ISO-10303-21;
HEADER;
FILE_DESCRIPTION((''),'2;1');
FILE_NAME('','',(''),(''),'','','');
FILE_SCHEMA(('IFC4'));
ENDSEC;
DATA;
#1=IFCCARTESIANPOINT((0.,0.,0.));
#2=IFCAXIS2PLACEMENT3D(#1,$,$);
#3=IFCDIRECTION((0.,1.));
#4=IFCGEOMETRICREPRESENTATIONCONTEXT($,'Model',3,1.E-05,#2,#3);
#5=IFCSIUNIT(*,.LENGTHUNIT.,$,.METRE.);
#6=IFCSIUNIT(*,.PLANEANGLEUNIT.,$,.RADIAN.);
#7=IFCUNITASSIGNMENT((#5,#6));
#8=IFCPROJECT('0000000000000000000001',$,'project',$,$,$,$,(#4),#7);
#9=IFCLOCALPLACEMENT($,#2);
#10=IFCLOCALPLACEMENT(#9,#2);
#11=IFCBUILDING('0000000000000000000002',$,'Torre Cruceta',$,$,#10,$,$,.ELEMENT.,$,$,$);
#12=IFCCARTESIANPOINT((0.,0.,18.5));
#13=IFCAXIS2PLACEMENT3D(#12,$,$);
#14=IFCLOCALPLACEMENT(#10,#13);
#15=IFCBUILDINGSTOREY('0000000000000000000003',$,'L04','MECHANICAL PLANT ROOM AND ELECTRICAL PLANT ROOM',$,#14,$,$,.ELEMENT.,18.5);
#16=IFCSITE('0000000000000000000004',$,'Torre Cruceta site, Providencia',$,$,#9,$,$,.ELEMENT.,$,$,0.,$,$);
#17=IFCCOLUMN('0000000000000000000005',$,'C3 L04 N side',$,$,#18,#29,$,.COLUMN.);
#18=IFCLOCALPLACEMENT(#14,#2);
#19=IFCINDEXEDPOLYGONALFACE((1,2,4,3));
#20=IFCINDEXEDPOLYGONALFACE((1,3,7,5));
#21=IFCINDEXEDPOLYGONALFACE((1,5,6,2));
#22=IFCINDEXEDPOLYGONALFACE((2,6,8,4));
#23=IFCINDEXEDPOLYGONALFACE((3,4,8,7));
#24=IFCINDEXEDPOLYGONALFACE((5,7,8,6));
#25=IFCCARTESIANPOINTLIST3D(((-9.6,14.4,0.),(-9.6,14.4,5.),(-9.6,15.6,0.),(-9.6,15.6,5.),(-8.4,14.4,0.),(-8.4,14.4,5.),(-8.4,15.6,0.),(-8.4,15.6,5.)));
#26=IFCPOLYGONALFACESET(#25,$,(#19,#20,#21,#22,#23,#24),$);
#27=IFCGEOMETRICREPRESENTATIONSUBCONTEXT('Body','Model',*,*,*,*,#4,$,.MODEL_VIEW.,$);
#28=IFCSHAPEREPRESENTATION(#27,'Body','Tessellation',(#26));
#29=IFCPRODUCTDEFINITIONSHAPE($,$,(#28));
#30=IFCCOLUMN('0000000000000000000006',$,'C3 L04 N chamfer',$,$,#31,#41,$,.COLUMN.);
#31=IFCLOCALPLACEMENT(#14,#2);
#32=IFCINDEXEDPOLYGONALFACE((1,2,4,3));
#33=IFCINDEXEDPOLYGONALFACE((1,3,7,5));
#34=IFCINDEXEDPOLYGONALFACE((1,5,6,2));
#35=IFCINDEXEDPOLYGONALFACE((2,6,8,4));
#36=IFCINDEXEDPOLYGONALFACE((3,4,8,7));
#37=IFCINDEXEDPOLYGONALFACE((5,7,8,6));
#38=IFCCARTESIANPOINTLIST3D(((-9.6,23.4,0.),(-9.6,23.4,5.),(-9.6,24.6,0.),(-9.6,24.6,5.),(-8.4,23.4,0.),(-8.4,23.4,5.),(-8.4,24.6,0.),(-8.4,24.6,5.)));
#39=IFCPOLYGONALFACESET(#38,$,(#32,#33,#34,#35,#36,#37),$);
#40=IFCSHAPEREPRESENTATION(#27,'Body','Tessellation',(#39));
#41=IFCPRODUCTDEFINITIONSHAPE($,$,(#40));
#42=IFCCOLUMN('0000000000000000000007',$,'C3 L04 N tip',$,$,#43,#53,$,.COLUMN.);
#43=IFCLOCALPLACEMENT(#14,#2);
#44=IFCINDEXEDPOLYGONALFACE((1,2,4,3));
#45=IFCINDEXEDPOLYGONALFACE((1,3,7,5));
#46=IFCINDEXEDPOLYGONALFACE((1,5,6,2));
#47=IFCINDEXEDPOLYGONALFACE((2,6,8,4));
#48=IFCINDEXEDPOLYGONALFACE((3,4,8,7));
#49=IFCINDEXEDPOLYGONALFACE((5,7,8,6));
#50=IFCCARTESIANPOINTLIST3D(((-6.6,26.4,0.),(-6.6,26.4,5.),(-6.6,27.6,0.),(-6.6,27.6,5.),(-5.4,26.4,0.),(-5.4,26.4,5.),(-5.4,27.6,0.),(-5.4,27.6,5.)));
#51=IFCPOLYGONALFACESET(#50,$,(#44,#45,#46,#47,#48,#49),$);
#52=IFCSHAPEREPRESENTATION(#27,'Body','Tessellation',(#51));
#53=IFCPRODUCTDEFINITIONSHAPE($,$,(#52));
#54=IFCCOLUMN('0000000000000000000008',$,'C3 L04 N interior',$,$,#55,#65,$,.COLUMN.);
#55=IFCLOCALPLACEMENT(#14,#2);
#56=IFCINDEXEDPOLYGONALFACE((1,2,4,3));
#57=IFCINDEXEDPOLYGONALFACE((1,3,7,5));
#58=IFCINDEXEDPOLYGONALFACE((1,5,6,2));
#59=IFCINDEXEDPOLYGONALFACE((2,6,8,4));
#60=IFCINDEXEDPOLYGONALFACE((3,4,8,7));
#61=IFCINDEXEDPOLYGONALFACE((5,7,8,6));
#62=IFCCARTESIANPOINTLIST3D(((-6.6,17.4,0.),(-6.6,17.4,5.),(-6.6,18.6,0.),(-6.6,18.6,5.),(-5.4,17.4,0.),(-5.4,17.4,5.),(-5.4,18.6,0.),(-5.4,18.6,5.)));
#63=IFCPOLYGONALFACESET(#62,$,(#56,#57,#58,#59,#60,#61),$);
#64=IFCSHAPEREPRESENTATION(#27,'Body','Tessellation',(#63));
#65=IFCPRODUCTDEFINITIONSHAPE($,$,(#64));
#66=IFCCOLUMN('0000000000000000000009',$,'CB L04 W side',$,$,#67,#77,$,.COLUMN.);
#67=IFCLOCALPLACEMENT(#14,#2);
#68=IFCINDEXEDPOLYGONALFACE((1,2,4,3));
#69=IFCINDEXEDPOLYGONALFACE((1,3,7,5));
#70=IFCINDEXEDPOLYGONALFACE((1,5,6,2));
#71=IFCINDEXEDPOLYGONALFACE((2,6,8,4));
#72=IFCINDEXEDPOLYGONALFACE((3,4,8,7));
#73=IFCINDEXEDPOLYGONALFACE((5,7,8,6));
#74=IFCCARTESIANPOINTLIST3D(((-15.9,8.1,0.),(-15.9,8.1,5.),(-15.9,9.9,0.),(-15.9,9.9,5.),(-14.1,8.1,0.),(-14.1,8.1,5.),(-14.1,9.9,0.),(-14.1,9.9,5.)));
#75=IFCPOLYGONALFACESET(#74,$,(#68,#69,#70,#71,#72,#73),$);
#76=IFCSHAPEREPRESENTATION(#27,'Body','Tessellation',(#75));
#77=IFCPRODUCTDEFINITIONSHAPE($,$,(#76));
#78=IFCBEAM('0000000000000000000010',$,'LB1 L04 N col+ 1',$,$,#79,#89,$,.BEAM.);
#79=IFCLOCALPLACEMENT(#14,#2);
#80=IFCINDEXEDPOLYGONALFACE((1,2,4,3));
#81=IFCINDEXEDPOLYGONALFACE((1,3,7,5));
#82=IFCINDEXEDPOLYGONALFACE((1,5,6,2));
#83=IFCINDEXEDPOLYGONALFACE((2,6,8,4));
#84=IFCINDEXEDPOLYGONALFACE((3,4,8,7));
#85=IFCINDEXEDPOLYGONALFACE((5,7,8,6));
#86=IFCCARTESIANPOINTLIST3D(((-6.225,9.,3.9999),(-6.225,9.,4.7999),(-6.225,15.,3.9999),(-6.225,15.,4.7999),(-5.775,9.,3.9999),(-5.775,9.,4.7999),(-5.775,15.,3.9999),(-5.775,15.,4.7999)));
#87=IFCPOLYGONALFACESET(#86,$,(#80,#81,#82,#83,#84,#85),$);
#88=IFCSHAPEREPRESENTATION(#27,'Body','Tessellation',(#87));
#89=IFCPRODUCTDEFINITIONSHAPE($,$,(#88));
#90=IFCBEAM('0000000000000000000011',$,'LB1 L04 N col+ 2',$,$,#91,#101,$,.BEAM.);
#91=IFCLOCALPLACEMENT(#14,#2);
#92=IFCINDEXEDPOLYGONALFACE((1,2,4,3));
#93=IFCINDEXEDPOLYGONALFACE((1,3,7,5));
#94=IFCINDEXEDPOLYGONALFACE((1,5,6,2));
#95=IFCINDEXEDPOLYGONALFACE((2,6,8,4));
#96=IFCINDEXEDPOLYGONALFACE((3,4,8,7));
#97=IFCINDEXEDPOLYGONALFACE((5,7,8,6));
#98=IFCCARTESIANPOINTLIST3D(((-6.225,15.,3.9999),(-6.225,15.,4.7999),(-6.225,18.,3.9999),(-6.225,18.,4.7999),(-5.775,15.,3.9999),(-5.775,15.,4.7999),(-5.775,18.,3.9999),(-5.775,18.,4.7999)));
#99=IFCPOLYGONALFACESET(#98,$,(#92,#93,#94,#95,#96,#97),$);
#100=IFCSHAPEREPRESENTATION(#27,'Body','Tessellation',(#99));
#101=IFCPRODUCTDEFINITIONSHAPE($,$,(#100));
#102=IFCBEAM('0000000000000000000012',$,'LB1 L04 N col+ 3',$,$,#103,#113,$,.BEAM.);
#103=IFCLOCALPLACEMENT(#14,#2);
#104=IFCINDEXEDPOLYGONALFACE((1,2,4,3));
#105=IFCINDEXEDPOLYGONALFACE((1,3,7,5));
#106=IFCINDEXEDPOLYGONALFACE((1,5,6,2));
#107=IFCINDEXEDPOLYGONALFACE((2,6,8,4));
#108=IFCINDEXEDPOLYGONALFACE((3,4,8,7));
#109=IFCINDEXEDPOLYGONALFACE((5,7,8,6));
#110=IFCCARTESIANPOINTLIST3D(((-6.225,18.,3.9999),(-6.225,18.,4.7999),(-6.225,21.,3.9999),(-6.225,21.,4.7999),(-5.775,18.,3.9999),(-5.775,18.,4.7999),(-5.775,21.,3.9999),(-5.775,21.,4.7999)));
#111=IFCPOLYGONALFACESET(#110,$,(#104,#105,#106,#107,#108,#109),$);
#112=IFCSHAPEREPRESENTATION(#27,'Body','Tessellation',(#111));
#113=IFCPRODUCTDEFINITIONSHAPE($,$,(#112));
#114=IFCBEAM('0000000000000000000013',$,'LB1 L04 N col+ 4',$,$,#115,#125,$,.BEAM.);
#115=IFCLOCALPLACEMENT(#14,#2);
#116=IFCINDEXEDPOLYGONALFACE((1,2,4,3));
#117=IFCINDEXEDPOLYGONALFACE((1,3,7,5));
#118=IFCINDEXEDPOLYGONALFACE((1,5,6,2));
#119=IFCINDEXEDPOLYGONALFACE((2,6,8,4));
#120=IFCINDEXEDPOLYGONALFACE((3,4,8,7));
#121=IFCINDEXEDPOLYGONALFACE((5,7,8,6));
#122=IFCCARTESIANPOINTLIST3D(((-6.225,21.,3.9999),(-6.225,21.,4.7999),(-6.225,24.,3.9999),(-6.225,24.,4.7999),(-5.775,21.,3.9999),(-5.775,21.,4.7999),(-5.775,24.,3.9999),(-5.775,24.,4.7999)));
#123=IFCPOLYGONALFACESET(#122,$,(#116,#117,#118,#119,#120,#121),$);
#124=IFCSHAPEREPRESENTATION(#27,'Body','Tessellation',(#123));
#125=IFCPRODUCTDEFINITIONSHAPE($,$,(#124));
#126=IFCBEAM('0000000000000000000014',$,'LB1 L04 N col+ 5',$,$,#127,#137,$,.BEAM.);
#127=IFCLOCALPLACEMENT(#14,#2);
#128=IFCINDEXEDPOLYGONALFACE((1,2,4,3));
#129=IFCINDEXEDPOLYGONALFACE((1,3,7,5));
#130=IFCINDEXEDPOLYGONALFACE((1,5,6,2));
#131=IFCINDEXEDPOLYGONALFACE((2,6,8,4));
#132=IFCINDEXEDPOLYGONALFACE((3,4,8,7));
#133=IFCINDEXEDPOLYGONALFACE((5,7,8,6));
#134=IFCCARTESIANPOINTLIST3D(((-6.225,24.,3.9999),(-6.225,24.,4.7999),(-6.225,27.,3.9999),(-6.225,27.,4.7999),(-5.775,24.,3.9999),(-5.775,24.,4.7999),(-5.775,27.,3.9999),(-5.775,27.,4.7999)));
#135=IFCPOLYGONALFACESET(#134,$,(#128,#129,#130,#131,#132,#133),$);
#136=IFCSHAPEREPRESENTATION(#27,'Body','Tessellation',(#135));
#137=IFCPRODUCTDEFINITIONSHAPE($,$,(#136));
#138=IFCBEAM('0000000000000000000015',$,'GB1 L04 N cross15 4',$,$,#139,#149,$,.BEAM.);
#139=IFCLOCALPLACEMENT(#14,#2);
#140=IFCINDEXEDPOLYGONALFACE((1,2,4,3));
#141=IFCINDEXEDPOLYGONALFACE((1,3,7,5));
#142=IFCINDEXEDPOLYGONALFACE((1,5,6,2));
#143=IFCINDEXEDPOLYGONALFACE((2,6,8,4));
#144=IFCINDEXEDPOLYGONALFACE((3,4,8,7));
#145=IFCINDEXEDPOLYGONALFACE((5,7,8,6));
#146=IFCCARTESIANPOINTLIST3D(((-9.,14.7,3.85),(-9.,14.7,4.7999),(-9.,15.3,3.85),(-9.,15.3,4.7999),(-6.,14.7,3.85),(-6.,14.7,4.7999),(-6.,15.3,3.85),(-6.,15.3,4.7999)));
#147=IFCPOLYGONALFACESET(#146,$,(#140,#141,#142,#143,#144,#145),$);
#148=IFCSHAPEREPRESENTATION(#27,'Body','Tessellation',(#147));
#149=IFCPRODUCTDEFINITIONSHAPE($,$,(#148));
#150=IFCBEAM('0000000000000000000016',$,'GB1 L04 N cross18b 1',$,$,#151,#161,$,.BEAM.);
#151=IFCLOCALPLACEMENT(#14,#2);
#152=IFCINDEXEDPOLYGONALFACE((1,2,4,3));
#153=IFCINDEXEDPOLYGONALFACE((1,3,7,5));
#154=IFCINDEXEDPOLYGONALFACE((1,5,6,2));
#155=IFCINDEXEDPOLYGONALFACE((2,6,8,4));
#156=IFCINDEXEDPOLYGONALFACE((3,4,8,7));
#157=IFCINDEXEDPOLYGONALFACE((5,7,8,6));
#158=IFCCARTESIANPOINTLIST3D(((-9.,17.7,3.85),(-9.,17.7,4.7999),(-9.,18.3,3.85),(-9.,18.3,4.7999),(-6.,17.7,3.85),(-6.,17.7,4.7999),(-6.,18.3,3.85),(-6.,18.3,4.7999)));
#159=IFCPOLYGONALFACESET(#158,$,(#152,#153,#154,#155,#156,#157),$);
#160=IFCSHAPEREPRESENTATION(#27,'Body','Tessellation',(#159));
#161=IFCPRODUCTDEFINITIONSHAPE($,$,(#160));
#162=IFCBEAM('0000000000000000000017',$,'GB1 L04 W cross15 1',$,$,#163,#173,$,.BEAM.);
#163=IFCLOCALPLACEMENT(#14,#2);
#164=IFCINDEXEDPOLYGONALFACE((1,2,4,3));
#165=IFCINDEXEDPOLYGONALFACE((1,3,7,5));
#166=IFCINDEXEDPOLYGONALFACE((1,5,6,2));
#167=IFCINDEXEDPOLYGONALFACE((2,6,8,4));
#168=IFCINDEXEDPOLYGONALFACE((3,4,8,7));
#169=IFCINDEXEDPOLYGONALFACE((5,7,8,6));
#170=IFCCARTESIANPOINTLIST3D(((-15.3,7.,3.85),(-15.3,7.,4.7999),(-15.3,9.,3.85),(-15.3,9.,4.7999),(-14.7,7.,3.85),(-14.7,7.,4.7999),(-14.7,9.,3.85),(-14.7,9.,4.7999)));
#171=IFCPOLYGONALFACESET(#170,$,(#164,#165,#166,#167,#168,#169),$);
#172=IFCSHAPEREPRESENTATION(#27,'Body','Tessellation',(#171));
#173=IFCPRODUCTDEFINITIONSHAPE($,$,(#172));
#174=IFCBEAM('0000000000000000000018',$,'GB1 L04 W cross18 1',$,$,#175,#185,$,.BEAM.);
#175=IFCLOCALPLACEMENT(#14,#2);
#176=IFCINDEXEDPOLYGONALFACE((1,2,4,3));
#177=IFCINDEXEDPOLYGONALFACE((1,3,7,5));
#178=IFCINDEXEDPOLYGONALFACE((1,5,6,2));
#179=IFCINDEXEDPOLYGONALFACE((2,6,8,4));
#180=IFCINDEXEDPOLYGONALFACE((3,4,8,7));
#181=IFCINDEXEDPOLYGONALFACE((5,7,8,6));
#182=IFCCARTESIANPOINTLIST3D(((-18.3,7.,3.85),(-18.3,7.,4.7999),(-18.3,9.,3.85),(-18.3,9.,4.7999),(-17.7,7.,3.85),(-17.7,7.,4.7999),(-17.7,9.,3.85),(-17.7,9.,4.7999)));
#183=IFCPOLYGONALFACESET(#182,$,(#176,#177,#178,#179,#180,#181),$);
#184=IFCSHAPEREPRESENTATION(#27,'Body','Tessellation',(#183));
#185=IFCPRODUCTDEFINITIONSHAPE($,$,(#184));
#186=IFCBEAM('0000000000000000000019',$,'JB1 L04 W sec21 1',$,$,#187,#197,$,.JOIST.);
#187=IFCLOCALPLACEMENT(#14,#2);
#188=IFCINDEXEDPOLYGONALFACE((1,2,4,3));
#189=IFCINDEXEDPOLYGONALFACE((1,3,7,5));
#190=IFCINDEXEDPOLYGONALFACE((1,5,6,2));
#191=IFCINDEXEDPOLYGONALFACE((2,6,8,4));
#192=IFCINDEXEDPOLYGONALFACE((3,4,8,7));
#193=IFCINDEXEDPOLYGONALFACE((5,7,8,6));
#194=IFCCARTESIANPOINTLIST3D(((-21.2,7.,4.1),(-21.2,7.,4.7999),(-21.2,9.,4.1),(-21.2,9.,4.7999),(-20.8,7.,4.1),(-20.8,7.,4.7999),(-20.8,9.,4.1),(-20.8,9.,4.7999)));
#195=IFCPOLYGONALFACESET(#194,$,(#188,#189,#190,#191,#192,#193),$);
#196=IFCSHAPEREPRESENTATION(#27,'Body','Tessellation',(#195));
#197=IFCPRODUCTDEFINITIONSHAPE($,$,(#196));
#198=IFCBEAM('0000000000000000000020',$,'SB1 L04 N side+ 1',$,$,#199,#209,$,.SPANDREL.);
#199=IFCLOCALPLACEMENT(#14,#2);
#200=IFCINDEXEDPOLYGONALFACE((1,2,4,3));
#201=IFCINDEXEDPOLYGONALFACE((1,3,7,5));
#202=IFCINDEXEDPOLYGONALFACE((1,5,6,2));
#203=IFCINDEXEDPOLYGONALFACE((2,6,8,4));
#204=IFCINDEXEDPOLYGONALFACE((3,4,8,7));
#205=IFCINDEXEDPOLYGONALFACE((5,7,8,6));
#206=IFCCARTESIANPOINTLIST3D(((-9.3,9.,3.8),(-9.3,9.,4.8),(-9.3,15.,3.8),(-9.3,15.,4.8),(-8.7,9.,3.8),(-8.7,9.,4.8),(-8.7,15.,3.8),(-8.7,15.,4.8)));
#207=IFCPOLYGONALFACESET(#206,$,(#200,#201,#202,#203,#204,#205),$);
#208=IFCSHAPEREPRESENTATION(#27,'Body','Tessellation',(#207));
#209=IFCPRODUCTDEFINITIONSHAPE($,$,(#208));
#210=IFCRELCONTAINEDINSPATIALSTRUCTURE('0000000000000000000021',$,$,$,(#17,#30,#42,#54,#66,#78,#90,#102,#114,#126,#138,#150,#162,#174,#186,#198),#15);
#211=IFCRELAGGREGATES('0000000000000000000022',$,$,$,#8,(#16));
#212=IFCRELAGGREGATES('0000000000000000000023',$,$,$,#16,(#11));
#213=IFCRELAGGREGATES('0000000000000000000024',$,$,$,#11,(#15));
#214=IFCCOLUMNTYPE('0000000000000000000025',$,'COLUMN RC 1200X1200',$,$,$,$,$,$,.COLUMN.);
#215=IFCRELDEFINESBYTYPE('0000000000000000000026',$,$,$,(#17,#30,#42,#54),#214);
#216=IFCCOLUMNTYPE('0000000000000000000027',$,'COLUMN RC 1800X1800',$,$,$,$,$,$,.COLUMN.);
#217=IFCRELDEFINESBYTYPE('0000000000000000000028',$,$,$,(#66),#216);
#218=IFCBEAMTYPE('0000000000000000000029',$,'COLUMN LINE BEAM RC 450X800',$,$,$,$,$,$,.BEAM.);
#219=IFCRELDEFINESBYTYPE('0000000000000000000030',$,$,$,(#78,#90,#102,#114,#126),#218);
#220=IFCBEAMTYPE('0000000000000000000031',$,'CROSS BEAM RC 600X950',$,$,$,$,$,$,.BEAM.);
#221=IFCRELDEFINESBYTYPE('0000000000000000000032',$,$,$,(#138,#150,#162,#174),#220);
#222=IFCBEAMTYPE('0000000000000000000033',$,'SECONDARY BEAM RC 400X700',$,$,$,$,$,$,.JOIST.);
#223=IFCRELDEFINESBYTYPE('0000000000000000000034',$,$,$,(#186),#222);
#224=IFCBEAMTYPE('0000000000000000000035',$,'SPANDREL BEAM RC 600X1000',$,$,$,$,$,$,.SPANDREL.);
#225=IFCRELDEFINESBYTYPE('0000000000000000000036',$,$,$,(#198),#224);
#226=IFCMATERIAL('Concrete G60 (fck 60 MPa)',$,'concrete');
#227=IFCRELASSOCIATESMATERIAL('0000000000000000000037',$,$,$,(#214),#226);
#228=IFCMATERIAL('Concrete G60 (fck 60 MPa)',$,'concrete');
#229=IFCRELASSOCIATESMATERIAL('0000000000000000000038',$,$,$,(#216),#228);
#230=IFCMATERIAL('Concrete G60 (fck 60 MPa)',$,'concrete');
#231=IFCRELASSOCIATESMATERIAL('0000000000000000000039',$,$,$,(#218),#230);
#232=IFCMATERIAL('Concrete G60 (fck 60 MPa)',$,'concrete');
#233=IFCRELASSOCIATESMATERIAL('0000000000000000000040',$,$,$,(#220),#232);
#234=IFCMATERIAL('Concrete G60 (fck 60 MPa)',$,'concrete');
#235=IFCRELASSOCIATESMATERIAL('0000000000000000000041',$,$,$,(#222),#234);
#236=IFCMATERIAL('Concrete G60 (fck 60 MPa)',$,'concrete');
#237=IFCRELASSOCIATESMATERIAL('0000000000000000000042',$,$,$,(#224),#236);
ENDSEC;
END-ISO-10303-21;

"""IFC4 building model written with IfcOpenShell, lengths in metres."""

from ifc_helpers import new_model, si_unit, direction, frame, origin, origin_2d, place, context, subcontext, project, spatial, rectangle, extrude, material, material_profile, profile_set, type_object, element, save


model = new_model("IFC4")

# Units and contexts
model_context = context("Model", 3, precision=1e-05, world=origin(), true_north=direction((0.0, 1.0)))
body_context = subcontext(model_context, "Body", "Model", "MODEL_VIEW")
ifc_project = project(units=[si_unit("LENGTHUNIT", "METRE"), si_unit("PLANEANGLEUNIT", "RADIAN")], contexts=[model_context])

# Site, building, storey
site_placement = place(None, origin())
site = spatial("IfcSite", under=ifc_project, at=site_placement, Name="Torre Cruceta site, Providencia", CompositionType="ELEMENT", RefElevation=0.0)
building_placement = place(site_placement, origin())
building = spatial("IfcBuilding", under=site, at=building_placement, Name="Torre Cruceta", CompositionType="ELEMENT")
storey_placement = place(building_placement, frame((0.0, 0.0, 18.5)))
storey = spatial("IfcBuildingStorey", under=building, at=storey_placement, Name="L04", Description="MECHANICAL PLANT ROOM AND ELECTRICAL PLANT ROOM", CompositionType="ELEMENT", Elevation=18.5)

# Columns
ifc_material_1 = material(Name="Concrete G60 (fck 60 MPa)", Category="concrete")
ifc_material_profile_1 = material_profile(ifc_material_1, rectangle(XDim=1.2, YDim=1.2, at=origin_2d()), Name="RC 1200X1200")
ifc_profile_set_1 = profile_set([ifc_material_profile_1], Name="Concrete G60 (fck 60 MPa)")
column_type_1 = type_object("IfcColumnType", Name="COLUMN RC 1200X1200", PredefinedType="COLUMN", material=ifc_profile_set_1)
for number, where, z_axis, x_axis, name in (
    (1, (-9.0, 15.0, 0.0), (0.0, 0.0, 1.0), (1.0, 0.0, 0.0), "C3 L04 N side"),
    (2, (-9.0, 24.0, 0.0), (0.0, 0.0, 1.0), (1.0, 0.0, 0.0), "C3 L04 N chamfer"),
    (3, (-6.0, 27.0, 0.0), (0.0, 0.0, 1.0), (1.0, 0.0, 0.0), "C3 L04 N tip"),
    (4, (-6.0, 18.0, 0.0), (0.0, 0.0, 1.0), (1.0, 0.0, 0.0), "C3 L04 N interior"),
):
    element("IfcColumn", number, at=place(storey_placement, frame(where, z_axis=z_axis, x_axis=x_axis)), inside=storey, type_object=column_type_1, Name=name, PredefinedType="COLUMN", context=body_context, shape_type="SweptSolid", body=[
        extrude(rectangle(XDim=1.2, YDim=1.2, at=origin_2d()), origin(), (0.0, 0.0, 1.0), 5.0),
    ])
ifc_material_2 = material(Name="Concrete G60 (fck 60 MPa)", Category="concrete")
ifc_material_profile_2 = material_profile(ifc_material_2, rectangle(XDim=1.8, YDim=1.8, at=origin_2d()), Name="RC 1800X1800")
ifc_profile_set_2 = profile_set([ifc_material_profile_2], Name="Concrete G60 (fck 60 MPa)")
column_type_2 = type_object("IfcColumnType", Name="COLUMN RC 1800X1800", PredefinedType="COLUMN", material=ifc_profile_set_2)
column_placement = place(storey_placement, frame((-15.0, 9.0, 0.0), z_axis=(0.0, 0.0, 1.0), x_axis=(1.0, 0.0, 0.0)))
element("IfcColumn", 5, at=column_placement, inside=storey, type_object=column_type_2, Name="CB L04 W side", PredefinedType="COLUMN", context=body_context, shape_type="SweptSolid", body=[
    extrude(rectangle(XDim=1.8, YDim=1.8, at=origin_2d()), origin(), (0.0, 0.0, 1.0), 5.0),
])

# Beams
ifc_material_3 = material(Name="Concrete G60 (fck 60 MPa)", Category="concrete")
ifc_material_profile_3 = material_profile(ifc_material_3, rectangle(XDim=0.45, YDim=0.8, at=origin_2d()), Name="RC 450X800")
ifc_profile_set_3 = profile_set([ifc_material_profile_3], Name="Concrete G60 (fck 60 MPa)")
beam_type_1 = type_object("IfcBeamType", Name="COLUMN LINE BEAM RC 450X800", PredefinedType="BEAM", material=ifc_profile_set_3)
beam_1_placement = place(storey_placement, frame((-6.0, 9.0, 4.3999), z_axis=(0.0, 1.0, 0.0), x_axis=(-1.0, 0.0, 0.0)))
element("IfcBeam", 6, at=beam_1_placement, inside=storey, type_object=beam_type_1, Name="LB1 L04 N col+ 1", PredefinedType="BEAM", context=body_context, shape_type="SweptSolid", body=[
    extrude(rectangle(XDim=0.45, YDim=0.8, at=origin_2d()), origin(), (0.0, 0.0, 1.0), 6.0),
])
for number, where, z_axis, x_axis, name in (
    (7, (-6.0, 15.0, 4.3999), (0.0, 1.0, 0.0), (-1.0, 0.0, 0.0), "LB1 L04 N col+ 2"),
    (8, (-6.0, 18.0, 4.3999), (0.0, 1.0, 0.0), (-1.0, 0.0, 0.0), "LB1 L04 N col+ 3"),
    (9, (-6.0, 21.0, 4.3999), (0.0, 1.0, 0.0), (-1.0, 0.0, 0.0), "LB1 L04 N col+ 4"),
    (10, (-6.0, 24.0, 4.3999), (0.0, 1.0, 0.0), (-1.0, 0.0, 0.0), "LB1 L04 N col+ 5"),
):
    element("IfcBeam", number, at=place(storey_placement, frame(where, z_axis=z_axis, x_axis=x_axis)), inside=storey, type_object=beam_type_1, Name=name, PredefinedType="BEAM", context=body_context, shape_type="SweptSolid", body=[
        extrude(rectangle(XDim=0.45, YDim=0.8, at=origin_2d()), origin(), (0.0, 0.0, 1.0), 3.0),
    ])
ifc_material_4 = material(Name="Concrete G60 (fck 60 MPa)", Category="concrete")
ifc_material_profile_4 = material_profile(ifc_material_4, rectangle(XDim=0.6001, YDim=0.95, at=origin_2d()), Name="RC 600X950")
ifc_profile_set_4 = profile_set([ifc_material_profile_4], Name="Concrete G60 (fck 60 MPa)")
beam_type_2 = type_object("IfcBeamType", Name="CROSS BEAM RC 600X950", PredefinedType="BEAM", material=ifc_profile_set_4)
for number, where, z_axis, x_axis, name in (
    (11, (-6.0, 15.0, 4.325), (-1.0, 0.0, 0.0), (0.0, -1.0, 0.0), "GB1 L04 N cross15 4"),
    (12, (-6.0, 18.0, 4.325), (-1.0, 0.0, 0.0), (0.0, -1.0, 0.0), "GB1 L04 N cross18b 1"),
):
    element("IfcBeam", number, at=place(storey_placement, frame(where, z_axis=z_axis, x_axis=x_axis)), inside=storey, type_object=beam_type_2, Name=name, PredefinedType="BEAM", context=body_context, shape_type="SweptSolid", body=[
        extrude(rectangle(XDim=0.6001, YDim=0.95, at=origin_2d()), origin(), (0.0, 0.0, 1.0), 3.0),
    ])
for number, where, z_axis, x_axis, name in (
    (13, (-15.0, 9.0, 4.325), (0.0, -1.0, 0.0), (1.0, 0.0, 0.0), "GB1 L04 W cross15 1"),
    (14, (-18.0, 9.0, 4.325), (0.0, -1.0, 0.0), (1.0, 0.0, 0.0), "GB1 L04 W cross18 1"),
):
    element("IfcBeam", number, at=place(storey_placement, frame(where, z_axis=z_axis, x_axis=x_axis)), inside=storey, type_object=beam_type_2, Name=name, PredefinedType="BEAM", context=body_context, shape_type="SweptSolid", body=[
        extrude(rectangle(XDim=0.6001, YDim=0.95, at=origin_2d()), origin(), (0.0, 0.0, 1.0), 2.0),
    ])
ifc_material_5 = material(Name="Concrete G60 (fck 60 MPa)", Category="concrete")
ifc_material_profile_5 = material_profile(ifc_material_5, rectangle(XDim=0.3999, YDim=0.7, at=origin_2d()), Name="RC 400X700")
ifc_profile_set_5 = profile_set([ifc_material_profile_5], Name="Concrete G60 (fck 60 MPa)")
beam_type_3 = type_object("IfcBeamType", Name="SECONDARY BEAM RC 400X700", PredefinedType="JOIST", material=ifc_profile_set_5)
beam_2_placement = place(storey_placement, frame((-21.0, 9.0, 4.45), z_axis=(0.0, -1.0, 0.0), x_axis=(1.0, 0.0, 0.0)))
element("IfcBeam", 15, at=beam_2_placement, inside=storey, type_object=beam_type_3, Name="JB1 L04 W sec21 1", PredefinedType="JOIST", context=body_context, shape_type="SweptSolid", body=[
    extrude(rectangle(XDim=0.3999, YDim=0.7, at=origin_2d()), origin(), (0.0, 0.0, 1.0), 2.0),
])
ifc_material_6 = material(Name="Concrete G60 (fck 60 MPa)", Category="concrete")
ifc_material_profile_6 = material_profile(ifc_material_6, rectangle(XDim=0.6001, YDim=1.0, at=origin_2d()), Name="RC 600X1000")
ifc_profile_set_6 = profile_set([ifc_material_profile_6], Name="Concrete G60 (fck 60 MPa)")
beam_type_4 = type_object("IfcBeamType", Name="SPANDREL BEAM RC 600X1000", PredefinedType="SPANDREL", material=ifc_profile_set_6)
beam_3_placement = place(storey_placement, frame((-9.0, 9.0, 4.3), z_axis=(0.0, 1.0, 0.0), x_axis=(-1.0, 0.0, 0.0)))
element("IfcBeam", 16, at=beam_3_placement, inside=storey, type_object=beam_type_4, Name="SB1 L04 N side+ 1", PredefinedType="SPANDREL", context=body_context, shape_type="SweptSolid", body=[
    extrude(rectangle(XDim=0.6001, YDim=1.0, at=origin_2d()), origin(), (0.0, 0.0, 1.0), 6.0),
])

save(model, "model.ifc")
